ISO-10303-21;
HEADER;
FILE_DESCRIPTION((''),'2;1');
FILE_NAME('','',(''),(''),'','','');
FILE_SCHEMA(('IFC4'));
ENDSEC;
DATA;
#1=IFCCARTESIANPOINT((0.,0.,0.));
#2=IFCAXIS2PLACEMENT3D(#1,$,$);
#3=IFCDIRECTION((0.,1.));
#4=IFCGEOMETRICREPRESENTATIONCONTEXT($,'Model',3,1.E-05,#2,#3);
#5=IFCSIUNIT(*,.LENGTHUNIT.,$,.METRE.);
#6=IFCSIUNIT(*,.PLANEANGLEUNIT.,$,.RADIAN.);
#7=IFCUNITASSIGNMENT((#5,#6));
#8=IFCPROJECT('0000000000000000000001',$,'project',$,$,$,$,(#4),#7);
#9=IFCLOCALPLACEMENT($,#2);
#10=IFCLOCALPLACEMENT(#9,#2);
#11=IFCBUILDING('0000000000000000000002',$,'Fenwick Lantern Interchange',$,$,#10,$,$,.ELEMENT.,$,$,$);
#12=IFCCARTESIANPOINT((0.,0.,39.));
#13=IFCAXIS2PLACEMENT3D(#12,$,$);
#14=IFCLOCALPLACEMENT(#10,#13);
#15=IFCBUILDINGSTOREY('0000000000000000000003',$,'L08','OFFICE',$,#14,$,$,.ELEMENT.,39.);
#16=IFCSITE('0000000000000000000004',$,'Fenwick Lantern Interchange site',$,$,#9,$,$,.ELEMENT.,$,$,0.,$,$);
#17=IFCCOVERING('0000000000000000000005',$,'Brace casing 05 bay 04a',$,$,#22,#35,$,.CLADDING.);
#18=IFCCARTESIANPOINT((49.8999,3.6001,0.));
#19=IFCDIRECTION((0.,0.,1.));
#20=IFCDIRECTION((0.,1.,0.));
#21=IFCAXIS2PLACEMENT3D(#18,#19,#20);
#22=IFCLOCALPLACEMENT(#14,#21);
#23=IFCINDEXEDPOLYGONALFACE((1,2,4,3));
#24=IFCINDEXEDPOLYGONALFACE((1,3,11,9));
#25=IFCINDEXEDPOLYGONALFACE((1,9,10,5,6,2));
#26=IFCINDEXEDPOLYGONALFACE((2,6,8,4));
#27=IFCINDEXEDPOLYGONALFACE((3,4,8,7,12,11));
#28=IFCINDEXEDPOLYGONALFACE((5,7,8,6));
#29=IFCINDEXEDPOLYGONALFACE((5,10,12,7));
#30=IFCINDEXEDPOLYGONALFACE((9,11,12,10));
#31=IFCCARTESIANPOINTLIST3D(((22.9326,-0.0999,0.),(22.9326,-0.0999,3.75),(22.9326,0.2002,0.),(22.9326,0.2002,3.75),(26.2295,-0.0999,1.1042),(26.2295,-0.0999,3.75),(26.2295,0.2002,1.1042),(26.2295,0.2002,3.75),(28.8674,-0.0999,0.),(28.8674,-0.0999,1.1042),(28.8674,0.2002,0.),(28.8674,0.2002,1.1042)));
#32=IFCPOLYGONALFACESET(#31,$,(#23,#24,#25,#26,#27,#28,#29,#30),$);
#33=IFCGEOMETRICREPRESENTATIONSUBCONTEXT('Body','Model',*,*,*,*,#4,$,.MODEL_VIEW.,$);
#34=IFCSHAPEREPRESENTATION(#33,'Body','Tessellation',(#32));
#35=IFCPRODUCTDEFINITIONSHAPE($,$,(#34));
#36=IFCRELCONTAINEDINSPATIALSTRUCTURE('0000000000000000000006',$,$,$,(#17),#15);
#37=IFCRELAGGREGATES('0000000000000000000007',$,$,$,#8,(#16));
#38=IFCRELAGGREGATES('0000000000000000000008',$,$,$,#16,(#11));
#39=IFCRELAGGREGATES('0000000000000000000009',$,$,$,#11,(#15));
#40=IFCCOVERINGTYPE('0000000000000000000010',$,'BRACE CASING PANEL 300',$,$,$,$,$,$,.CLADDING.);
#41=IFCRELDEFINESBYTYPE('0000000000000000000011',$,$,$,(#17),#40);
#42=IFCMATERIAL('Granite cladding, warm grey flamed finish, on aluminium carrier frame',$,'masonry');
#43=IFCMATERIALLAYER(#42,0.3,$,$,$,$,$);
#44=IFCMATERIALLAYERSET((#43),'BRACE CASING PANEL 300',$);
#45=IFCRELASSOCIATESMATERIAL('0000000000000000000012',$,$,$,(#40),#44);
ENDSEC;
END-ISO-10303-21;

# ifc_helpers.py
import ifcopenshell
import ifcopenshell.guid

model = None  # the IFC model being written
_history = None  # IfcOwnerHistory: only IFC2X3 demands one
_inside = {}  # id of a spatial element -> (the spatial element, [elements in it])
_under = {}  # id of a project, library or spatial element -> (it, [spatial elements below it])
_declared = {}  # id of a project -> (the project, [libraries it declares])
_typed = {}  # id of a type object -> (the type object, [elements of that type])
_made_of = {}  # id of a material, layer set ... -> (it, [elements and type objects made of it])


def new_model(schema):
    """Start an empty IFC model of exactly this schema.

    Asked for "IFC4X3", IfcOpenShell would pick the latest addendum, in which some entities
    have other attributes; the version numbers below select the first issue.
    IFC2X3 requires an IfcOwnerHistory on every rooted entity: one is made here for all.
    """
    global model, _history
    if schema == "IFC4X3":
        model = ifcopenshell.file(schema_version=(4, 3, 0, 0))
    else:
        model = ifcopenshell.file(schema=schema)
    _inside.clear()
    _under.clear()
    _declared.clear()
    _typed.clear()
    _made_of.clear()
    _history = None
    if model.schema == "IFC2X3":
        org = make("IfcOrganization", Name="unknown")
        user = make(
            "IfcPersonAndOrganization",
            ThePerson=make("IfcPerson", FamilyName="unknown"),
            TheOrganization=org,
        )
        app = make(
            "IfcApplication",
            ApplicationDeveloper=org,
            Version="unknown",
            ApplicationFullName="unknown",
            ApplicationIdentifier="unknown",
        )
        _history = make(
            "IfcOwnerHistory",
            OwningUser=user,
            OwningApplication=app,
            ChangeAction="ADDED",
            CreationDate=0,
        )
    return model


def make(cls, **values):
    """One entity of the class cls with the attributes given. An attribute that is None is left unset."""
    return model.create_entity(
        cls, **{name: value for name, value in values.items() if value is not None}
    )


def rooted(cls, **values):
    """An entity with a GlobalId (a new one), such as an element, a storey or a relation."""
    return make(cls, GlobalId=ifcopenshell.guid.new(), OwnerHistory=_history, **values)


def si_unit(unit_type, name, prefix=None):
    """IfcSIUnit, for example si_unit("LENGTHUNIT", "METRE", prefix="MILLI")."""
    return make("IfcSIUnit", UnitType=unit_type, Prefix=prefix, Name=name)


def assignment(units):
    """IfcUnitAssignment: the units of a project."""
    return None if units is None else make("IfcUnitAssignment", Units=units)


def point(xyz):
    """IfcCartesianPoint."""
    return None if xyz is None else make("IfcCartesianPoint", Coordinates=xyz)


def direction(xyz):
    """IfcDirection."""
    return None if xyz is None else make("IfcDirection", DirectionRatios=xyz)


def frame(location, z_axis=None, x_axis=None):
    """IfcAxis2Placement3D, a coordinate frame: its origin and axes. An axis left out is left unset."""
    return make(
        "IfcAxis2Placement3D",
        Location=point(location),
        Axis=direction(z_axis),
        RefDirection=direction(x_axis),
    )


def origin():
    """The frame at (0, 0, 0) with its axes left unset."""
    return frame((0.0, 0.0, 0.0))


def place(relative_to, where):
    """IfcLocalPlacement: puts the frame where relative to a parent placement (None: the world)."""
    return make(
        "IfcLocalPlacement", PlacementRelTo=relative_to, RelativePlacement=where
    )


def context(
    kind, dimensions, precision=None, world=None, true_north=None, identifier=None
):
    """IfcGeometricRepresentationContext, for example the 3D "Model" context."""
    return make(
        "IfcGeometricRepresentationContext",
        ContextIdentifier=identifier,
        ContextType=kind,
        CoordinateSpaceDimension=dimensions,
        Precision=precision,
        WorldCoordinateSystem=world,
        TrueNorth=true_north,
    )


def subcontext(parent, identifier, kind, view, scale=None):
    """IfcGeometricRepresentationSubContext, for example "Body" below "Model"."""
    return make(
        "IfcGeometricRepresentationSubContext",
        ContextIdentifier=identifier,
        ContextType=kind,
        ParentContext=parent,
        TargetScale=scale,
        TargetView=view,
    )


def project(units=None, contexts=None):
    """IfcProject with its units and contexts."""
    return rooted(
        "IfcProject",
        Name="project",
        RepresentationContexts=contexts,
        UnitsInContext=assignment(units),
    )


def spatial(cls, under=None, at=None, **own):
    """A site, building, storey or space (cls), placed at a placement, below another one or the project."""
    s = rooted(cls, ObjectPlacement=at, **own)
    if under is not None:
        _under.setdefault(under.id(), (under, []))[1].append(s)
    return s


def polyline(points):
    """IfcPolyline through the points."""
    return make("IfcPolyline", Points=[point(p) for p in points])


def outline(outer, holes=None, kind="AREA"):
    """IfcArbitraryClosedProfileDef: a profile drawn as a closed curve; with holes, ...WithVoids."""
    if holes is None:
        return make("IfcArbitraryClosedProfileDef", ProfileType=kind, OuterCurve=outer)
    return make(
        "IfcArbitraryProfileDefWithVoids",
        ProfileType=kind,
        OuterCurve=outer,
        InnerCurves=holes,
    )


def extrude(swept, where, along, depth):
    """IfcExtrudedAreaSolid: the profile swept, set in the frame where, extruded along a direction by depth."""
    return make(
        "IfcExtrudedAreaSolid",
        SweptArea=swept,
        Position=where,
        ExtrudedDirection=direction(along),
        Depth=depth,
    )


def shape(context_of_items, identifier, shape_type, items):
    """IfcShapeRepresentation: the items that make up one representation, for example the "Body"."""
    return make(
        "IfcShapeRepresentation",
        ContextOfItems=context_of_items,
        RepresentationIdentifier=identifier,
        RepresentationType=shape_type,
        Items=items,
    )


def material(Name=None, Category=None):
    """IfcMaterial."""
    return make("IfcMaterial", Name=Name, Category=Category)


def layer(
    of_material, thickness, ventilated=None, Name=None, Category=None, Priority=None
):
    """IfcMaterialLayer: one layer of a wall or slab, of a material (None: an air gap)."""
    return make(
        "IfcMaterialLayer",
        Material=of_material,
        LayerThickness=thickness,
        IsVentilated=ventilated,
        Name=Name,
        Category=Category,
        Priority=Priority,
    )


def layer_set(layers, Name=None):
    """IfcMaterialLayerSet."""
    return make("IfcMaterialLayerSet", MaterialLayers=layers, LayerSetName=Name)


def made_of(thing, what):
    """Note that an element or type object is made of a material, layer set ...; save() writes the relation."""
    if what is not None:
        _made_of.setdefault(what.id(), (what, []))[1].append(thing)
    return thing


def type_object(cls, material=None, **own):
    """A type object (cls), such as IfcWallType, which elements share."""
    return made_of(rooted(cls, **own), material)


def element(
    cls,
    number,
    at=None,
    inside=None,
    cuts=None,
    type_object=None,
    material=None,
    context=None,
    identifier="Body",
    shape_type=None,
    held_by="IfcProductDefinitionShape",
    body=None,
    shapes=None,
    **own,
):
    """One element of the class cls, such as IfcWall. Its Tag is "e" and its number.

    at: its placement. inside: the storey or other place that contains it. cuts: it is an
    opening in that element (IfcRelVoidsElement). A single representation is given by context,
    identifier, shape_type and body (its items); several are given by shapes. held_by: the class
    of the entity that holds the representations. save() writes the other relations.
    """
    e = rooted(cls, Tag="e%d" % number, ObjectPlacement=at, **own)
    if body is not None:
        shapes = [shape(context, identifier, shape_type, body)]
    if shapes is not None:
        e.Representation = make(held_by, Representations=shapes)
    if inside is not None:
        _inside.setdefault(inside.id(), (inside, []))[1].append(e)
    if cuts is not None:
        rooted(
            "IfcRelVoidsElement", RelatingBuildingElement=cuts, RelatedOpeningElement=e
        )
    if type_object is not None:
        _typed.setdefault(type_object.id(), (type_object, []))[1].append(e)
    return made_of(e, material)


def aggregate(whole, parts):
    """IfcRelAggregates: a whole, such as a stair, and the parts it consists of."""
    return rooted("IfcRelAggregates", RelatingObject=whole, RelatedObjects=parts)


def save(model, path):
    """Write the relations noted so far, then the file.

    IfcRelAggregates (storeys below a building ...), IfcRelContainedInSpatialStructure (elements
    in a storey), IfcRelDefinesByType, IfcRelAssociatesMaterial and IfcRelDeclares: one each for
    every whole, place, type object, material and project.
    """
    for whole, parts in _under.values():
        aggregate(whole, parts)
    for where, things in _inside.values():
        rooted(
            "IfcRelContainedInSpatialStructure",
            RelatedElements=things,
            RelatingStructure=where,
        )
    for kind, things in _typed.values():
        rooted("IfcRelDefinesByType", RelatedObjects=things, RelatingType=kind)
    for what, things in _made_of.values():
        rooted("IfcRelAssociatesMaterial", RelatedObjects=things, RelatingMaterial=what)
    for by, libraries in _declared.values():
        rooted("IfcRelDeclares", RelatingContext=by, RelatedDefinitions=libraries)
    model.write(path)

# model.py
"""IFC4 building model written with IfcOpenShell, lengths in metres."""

from ifc_helpers import new_model, si_unit, direction, frame, origin, place, context, subcontext, project, spatial, polyline, outline, extrude, material, layer, layer_set, type_object, element, save


model = new_model("IFC4")

# Units and contexts
model_context = context("Model", 3, precision=1e-05, world=origin(), true_north=direction((0.0, 1.0)))
body_context = subcontext(model_context, "Body", "Model", "MODEL_VIEW")
ifc_project = project(units=[si_unit("LENGTHUNIT", "METRE"), si_unit("PLANEANGLEUNIT", "RADIAN")], contexts=[model_context])

# Site, building, storey
site_placement = place(None, origin())
site = spatial("IfcSite", under=ifc_project, at=site_placement, Name="Fenwick Lantern Interchange site", CompositionType="ELEMENT", RefElevation=0.0)
building_placement = place(site_placement, origin())
building = spatial("IfcBuilding", under=site, at=building_placement, Name="Fenwick Lantern Interchange", CompositionType="ELEMENT")
storey_placement = place(building_placement, frame((0.0, 0.0, 39.0)))
storey = spatial("IfcBuildingStorey", under=building, at=storey_placement, Name="L08", Description="OFFICE", CompositionType="ELEMENT", Elevation=39.0)

# Covering
ifc_material_1 = material(Name="Granite cladding, warm grey flamed finish, on aluminium carrier frame", Category="masonry")
ifc_layer_1 = layer(ifc_material_1, 0.3)
ifc_layer_set_1 = layer_set([ifc_layer_1], Name="BRACE CASING PANEL 300")
covering_type = type_object("IfcCoveringType", Name="BRACE CASING PANEL 300", PredefinedType="CLADDING", material=ifc_layer_set_1)
covering_1_placement = place(storey_placement, frame((49.8999, 3.6001, 0.0), z_axis=(0.0, 0.0, 1.0), x_axis=(0.0, 1.0, 0.0)))
element("IfcCovering", 1, at=covering_1_placement, inside=storey, type_object=covering_type, Name="Brace casing 05 bay 04a", PredefinedType="CLADDING", context=body_context, shape_type="SweptSolid", body=[
    extrude(outline(polyline([(22.9326, 0.0), (28.8674, 0.0), (28.8674, 1.1042), (26.2295, 1.1042), (26.2295, 3.75), (22.9326, 3.75), (22.9326, 0.0)])), frame((0.0, 0.2002, 0.0), z_axis=(0.0, -1.0, 0.0), x_axis=(1.0, 0.0, 0.0)), (0.0, 0.0, 1.0), 0.3),
])

save(model, "model.ifc")
